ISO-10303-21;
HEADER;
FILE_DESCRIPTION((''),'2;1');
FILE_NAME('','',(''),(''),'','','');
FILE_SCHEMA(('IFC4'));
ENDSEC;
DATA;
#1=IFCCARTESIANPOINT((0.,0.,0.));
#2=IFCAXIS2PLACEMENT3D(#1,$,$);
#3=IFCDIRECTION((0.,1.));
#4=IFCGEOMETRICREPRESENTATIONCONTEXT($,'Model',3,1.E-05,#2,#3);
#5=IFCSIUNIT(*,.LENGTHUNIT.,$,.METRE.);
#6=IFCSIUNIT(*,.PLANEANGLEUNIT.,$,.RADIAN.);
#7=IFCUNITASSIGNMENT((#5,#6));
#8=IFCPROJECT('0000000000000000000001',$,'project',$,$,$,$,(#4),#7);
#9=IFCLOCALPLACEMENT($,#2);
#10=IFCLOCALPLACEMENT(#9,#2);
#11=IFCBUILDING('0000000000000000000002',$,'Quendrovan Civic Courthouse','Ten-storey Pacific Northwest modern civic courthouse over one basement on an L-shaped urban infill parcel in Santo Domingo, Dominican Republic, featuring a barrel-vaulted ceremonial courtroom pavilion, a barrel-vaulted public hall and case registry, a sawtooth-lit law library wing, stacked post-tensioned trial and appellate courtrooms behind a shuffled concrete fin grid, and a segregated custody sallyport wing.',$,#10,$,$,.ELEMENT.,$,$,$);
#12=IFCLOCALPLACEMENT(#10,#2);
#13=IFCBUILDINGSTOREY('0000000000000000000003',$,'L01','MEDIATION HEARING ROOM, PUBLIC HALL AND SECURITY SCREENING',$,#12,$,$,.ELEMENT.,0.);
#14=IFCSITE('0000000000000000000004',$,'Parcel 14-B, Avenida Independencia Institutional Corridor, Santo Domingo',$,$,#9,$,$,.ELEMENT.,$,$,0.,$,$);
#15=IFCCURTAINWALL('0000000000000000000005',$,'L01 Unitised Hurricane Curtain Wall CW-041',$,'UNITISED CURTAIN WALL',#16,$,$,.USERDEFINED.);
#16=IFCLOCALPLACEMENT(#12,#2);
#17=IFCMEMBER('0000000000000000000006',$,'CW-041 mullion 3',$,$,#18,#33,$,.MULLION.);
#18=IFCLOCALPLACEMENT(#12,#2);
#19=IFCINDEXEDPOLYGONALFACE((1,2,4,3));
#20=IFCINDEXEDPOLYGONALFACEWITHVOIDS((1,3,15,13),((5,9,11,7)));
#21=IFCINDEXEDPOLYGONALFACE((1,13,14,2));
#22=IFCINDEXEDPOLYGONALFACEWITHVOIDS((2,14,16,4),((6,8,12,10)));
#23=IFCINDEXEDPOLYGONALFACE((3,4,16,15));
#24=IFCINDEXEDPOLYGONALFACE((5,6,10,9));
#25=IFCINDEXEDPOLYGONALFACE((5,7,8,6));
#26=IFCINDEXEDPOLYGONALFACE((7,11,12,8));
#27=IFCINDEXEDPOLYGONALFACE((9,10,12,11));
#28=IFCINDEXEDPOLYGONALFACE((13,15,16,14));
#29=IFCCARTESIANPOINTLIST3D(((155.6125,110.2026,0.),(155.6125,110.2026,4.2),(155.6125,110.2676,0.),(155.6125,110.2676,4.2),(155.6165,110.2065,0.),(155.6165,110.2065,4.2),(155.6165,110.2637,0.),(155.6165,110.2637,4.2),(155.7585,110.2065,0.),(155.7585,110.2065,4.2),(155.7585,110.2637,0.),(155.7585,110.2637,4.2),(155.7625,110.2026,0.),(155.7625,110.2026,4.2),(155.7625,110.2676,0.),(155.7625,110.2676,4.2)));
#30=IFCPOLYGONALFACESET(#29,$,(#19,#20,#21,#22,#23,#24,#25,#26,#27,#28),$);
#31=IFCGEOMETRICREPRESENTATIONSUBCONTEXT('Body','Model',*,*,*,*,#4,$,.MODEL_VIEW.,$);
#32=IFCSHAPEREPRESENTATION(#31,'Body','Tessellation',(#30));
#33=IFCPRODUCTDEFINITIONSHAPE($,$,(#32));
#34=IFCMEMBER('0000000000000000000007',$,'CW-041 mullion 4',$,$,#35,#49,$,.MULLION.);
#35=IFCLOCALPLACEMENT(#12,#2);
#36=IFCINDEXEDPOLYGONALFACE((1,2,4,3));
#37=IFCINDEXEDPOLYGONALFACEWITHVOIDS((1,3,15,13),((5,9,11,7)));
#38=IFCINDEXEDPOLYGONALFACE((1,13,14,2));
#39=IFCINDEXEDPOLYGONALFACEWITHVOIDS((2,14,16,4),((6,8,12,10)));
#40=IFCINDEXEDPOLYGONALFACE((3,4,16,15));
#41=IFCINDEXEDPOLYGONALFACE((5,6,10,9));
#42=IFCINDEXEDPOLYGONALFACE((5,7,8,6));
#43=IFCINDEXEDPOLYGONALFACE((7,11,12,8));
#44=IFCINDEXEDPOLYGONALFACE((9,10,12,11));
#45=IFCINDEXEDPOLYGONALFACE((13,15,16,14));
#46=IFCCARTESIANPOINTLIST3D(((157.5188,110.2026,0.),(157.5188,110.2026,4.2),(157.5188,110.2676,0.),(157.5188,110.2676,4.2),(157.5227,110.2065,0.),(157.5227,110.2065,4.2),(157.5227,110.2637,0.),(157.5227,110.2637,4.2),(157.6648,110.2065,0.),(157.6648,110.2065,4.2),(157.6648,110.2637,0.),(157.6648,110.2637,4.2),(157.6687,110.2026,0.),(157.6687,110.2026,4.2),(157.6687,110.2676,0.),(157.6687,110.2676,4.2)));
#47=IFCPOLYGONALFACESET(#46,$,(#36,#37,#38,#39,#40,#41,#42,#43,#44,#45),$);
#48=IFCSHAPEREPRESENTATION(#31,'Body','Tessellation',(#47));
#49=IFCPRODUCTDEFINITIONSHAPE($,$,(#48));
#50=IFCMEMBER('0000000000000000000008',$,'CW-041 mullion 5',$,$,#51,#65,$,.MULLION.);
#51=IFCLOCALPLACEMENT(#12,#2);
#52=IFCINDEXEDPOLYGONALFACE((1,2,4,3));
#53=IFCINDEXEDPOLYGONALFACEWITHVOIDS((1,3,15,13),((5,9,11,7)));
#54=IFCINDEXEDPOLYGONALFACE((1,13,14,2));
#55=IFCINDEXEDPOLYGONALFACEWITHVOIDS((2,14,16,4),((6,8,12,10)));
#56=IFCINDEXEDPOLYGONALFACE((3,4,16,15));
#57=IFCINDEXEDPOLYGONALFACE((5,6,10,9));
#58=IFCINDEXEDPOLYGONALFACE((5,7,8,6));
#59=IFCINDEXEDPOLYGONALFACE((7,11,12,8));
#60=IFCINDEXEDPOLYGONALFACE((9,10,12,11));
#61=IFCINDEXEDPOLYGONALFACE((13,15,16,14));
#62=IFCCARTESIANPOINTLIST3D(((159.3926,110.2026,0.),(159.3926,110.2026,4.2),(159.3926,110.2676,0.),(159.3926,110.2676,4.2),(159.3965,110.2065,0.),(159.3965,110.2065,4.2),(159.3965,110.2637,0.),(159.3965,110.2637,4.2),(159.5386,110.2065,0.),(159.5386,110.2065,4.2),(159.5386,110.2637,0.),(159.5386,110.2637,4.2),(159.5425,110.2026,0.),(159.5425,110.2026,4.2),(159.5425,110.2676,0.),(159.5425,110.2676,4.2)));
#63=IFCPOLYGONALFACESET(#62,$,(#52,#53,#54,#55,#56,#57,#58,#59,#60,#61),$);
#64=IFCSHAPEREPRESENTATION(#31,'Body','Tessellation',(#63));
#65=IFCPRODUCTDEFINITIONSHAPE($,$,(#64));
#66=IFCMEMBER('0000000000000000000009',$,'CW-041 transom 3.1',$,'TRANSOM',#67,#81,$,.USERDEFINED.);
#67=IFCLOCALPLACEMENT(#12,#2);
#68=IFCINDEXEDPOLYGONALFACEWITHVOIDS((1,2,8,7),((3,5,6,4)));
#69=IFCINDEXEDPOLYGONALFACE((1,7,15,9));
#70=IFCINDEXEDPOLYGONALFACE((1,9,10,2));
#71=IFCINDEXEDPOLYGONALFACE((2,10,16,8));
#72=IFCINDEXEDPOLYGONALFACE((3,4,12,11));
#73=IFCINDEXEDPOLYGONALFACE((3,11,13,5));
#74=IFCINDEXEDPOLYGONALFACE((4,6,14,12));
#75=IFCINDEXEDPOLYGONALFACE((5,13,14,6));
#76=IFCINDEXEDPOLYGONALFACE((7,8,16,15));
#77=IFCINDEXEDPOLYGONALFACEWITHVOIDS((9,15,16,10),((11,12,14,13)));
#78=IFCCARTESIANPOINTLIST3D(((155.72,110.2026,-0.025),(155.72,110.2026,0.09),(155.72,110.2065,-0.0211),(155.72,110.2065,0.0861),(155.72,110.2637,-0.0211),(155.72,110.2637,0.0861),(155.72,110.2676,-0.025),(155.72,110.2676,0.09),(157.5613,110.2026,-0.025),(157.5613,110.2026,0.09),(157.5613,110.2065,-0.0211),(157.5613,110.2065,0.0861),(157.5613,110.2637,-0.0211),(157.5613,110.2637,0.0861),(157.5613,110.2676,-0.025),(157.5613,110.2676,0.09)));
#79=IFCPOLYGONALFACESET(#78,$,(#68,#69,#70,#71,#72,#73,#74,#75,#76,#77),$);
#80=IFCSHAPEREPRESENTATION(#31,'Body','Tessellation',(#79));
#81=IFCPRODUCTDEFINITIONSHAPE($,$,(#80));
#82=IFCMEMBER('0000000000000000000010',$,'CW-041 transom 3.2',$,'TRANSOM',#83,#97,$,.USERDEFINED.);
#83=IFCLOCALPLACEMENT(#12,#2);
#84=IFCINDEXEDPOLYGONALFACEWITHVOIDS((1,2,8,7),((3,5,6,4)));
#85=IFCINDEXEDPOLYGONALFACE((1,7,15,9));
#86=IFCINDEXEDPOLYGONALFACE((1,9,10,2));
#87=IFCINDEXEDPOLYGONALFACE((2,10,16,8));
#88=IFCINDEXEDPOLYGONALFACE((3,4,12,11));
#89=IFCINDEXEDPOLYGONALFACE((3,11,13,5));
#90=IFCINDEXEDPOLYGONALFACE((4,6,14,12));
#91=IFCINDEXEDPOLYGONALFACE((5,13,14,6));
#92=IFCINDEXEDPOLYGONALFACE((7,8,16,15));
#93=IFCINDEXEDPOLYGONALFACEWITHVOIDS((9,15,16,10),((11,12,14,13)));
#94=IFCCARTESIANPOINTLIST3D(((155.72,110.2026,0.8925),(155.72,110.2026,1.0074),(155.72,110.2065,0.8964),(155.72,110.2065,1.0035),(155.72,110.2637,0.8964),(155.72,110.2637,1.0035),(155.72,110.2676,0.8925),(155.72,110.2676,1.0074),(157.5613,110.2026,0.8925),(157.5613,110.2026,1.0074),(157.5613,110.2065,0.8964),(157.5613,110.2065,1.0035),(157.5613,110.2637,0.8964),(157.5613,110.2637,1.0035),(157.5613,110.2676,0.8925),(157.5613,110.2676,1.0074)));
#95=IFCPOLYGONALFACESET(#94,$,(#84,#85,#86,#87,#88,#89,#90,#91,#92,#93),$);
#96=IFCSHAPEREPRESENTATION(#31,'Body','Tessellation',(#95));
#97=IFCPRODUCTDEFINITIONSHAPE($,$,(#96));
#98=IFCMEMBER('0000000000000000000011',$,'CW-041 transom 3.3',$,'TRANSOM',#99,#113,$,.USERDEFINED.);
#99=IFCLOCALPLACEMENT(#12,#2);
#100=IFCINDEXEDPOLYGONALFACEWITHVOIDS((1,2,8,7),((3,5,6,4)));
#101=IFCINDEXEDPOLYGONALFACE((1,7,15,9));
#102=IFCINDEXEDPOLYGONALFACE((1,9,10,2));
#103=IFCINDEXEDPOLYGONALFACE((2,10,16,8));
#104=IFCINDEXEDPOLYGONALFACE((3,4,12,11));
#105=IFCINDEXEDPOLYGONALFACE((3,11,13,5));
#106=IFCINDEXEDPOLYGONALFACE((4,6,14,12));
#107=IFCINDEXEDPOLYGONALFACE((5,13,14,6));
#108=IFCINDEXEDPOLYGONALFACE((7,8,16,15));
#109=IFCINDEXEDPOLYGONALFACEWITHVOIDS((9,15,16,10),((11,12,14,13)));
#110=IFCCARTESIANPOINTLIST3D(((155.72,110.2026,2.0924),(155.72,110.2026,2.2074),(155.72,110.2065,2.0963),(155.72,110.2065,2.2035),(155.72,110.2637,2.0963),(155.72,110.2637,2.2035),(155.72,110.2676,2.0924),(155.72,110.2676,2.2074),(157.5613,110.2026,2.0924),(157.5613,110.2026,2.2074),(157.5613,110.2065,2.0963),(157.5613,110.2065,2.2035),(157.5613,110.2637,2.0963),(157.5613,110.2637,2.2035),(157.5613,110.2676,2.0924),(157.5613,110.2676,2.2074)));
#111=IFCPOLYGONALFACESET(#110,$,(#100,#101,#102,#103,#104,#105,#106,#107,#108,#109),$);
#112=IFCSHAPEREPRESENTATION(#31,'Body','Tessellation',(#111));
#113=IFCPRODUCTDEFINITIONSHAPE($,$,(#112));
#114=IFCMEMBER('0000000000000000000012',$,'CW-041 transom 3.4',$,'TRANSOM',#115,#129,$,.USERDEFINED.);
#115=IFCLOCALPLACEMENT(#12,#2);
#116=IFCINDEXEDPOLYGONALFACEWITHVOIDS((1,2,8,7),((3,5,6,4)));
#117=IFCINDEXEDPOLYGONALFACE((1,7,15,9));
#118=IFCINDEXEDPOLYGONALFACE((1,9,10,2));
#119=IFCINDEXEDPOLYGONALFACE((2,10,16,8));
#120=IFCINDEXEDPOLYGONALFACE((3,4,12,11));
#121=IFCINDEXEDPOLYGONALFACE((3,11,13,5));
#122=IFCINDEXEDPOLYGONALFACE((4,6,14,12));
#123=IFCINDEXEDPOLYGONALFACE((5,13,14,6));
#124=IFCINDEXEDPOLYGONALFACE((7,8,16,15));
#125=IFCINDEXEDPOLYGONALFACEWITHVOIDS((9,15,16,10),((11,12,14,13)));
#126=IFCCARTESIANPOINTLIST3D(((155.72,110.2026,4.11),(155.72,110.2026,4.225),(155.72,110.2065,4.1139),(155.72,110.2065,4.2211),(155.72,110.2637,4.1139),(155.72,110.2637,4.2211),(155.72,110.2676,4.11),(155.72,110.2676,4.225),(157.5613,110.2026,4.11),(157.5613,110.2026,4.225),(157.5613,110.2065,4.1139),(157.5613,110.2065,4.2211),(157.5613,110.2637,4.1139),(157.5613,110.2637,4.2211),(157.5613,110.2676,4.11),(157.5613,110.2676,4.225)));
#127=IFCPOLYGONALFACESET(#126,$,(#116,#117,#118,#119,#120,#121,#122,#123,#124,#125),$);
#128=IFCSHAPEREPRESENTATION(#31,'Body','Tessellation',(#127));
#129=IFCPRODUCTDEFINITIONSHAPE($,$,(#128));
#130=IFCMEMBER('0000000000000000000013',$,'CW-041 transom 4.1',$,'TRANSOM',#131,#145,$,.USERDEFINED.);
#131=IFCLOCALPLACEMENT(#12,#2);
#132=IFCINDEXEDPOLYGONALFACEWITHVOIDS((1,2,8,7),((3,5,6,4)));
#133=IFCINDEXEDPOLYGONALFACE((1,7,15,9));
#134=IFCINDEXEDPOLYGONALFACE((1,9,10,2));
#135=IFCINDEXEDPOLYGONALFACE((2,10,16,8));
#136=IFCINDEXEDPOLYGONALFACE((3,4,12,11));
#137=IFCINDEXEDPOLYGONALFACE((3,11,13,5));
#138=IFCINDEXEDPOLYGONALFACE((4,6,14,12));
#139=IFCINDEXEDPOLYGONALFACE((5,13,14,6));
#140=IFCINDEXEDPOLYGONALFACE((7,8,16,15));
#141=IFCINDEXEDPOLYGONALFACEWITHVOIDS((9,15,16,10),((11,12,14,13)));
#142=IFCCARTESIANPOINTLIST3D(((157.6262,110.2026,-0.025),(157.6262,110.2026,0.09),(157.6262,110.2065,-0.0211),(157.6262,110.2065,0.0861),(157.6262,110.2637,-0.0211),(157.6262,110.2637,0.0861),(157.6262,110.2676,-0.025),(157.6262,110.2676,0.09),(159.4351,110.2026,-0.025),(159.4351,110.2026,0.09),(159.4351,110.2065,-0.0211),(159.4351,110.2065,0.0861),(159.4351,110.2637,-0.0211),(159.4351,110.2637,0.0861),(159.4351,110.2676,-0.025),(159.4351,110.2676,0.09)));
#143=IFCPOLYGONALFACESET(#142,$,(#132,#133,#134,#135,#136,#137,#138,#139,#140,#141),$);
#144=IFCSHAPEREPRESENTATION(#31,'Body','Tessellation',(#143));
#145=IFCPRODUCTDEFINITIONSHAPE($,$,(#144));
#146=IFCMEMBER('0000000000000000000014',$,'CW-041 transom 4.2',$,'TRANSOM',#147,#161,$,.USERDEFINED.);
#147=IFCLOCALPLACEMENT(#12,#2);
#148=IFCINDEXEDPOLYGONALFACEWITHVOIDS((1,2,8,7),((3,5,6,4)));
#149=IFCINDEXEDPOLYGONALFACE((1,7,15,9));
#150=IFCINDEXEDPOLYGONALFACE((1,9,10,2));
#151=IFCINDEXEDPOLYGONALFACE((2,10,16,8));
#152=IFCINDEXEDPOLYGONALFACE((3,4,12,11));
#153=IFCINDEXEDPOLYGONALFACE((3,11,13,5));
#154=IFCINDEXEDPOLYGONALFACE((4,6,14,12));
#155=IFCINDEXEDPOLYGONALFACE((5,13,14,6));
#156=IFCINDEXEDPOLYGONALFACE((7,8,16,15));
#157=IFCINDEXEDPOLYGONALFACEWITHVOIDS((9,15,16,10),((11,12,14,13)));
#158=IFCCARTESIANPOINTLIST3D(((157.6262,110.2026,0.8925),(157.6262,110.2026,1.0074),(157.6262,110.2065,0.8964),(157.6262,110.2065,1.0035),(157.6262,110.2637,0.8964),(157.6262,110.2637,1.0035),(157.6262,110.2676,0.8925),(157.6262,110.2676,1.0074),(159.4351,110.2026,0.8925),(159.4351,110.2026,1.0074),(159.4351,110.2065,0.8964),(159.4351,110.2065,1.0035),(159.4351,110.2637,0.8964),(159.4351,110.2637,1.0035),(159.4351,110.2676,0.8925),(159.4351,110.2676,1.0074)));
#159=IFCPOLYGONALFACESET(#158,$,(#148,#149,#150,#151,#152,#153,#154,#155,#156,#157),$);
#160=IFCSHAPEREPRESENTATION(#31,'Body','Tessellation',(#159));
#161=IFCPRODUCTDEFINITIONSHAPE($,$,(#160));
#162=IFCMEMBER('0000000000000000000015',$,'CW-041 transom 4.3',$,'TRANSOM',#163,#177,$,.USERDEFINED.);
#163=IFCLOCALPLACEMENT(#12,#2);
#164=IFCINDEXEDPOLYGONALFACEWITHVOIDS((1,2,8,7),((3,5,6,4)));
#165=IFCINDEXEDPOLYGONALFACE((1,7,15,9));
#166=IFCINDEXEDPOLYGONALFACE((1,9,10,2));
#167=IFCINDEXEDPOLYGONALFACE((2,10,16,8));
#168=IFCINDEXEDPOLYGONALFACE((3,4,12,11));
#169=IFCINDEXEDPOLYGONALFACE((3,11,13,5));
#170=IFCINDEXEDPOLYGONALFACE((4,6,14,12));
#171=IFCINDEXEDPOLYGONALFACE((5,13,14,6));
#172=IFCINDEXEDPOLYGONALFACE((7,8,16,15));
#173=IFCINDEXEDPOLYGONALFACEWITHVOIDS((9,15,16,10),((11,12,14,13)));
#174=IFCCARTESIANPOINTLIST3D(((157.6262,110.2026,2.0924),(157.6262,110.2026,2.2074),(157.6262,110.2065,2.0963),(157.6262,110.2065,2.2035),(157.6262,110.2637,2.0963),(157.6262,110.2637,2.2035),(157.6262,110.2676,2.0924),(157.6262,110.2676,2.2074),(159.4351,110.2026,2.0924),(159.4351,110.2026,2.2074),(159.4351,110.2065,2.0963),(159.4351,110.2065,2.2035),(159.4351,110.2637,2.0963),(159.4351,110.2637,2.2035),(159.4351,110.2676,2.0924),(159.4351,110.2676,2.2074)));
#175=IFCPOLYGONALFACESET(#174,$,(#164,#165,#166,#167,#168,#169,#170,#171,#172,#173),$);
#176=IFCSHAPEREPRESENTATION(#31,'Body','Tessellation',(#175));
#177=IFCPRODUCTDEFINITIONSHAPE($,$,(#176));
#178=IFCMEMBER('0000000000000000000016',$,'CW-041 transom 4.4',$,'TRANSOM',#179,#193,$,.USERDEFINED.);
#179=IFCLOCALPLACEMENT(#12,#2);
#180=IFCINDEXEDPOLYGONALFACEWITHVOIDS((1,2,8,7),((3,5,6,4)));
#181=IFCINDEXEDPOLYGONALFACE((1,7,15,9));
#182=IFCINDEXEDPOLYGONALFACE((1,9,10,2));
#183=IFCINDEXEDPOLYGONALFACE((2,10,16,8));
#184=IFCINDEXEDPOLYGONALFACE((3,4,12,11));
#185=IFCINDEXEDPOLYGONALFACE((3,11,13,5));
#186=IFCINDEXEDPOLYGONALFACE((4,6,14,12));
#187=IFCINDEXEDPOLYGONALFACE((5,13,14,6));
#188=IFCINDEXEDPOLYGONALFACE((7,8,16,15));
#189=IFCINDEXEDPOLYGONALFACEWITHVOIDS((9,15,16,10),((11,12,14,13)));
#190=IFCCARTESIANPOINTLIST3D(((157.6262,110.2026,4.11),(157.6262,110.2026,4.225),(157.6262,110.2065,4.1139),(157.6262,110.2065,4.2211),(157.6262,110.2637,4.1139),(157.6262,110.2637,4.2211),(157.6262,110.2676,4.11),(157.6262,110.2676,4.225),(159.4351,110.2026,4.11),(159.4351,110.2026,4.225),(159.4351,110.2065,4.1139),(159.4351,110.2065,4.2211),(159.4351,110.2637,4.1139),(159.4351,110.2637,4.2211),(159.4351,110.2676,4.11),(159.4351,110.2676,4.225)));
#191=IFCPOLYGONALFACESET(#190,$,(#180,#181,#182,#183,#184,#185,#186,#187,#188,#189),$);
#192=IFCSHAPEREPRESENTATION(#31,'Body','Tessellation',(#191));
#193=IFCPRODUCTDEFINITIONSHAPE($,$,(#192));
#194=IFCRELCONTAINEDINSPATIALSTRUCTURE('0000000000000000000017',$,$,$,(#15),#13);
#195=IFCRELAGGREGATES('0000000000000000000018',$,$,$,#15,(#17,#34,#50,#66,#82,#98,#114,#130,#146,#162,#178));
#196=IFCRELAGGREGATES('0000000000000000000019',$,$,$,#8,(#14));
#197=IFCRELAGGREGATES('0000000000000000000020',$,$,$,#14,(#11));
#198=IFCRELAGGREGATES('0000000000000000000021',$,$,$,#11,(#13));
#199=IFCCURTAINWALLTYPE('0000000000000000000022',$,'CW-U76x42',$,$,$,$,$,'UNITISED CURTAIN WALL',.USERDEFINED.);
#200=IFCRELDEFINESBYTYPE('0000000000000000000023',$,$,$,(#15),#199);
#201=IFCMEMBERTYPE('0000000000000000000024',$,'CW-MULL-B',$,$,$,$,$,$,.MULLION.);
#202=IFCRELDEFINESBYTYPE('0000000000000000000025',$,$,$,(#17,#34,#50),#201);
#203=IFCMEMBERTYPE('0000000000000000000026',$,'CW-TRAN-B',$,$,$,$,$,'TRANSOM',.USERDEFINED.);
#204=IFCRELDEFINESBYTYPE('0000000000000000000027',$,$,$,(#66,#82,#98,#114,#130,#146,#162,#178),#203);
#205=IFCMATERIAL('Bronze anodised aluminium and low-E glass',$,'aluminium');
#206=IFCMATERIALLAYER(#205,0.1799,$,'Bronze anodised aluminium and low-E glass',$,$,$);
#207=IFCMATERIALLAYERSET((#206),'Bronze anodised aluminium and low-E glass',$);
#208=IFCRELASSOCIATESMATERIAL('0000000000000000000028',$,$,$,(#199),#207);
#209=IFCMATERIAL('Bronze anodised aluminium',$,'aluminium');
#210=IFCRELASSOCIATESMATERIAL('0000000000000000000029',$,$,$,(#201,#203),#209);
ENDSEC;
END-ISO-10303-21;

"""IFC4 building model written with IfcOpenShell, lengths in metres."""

from ifc_helpers import new_model, si_unit, direction, frame, origin, origin_2d, place, context, subcontext, project, spatial, hollow_rectangle, extrude, material, layer, layer_set, material_profile, profile_set, type_object, element, aggregate, save


model = new_model("IFC4")

# Units and contexts
model_context = context("Model", 3, precision=1e-05, world=origin(), true_north=direction((0.0, 1.0)))
body_context = subcontext(model_context, "Body", "Model", "MODEL_VIEW")
ifc_project = project(units=[si_unit("LENGTHUNIT", "METRE"), si_unit("PLANEANGLEUNIT", "RADIAN")], contexts=[model_context])

# Site, building, storey
site_placement = place(None, origin())
site = spatial("IfcSite", under=ifc_project, at=site_placement, Name="Parcel 14-B, Avenida Independencia Institutional Corridor, Santo Domingo", CompositionType="ELEMENT", RefElevation=0.0)
building_placement = place(site_placement, origin())
building = spatial("IfcBuilding", under=site, at=building_placement, Name="Quendrovan Civic Courthouse", Description="Ten-storey Pacific Northwest modern civic courthouse over one basement on an L-shaped urban infill parcel in Santo Domingo, Dominican Republic, featuring a barrel-vaulted ceremonial courtroom pavilion, a barrel-vaulted public hall and case registry, a sawtooth-lit law library wing, stacked post-tensioned trial and appellate courtrooms behind a shuffled concrete fin grid, and a segregated custody sallyport wing.", CompositionType="ELEMENT")
storey_placement = place(building_placement, origin())
storey = spatial("IfcBuildingStorey", under=building, at=storey_placement, Name="L01", Description="MEDIATION HEARING ROOM, PUBLIC HALL AND SECURITY SCREENING", CompositionType="ELEMENT", Elevation=0.0)

# Curtain wall, members
ifc_material_1 = material(Name="Bronze anodised aluminium and low-E glass", Category="aluminium")
ifc_layer_1 = layer(ifc_material_1, 0.1799, Name="Bronze anodised aluminium and low-E glass")
ifc_layer_set_1 = layer_set([ifc_layer_1], Name="Bronze anodised aluminium and low-E glass")
curtain_wall_type = type_object("IfcCurtainWallType", Name="CW-U76x42", ElementType="UNITISED CURTAIN WALL", PredefinedType="USERDEFINED", material=ifc_layer_set_1)
curtain_wall_placement = place(storey_placement, origin())
curtain_wall = element("IfcCurtainWall", 1, at=curtain_wall_placement, inside=storey, type_object=curtain_wall_type, Name="L01 Unitised Hurricane Curtain Wall CW-041", ObjectType="UNITISED CURTAIN WALL", PredefinedType="USERDEFINED")
ifc_material_2 = material(Name="Bronze anodised aluminium", Category="aluminium")
ifc_material_profile_1 = material_profile(ifc_material_2, hollow_rectangle(XDim=0.0649, YDim=0.1499, WallThickness=0.0039, at=origin_2d()), Name="CW-MULL-65x150")
ifc_profile_set_1 = profile_set([ifc_material_profile_1], Name="Bronze anodised aluminium")
member_type_1 = type_object("IfcMemberType", Name="CW-MULL-B", PredefinedType="MULLION", material=ifc_profile_set_1)
member_1_placement = place(storey_placement, frame((155.6875, 110.2351, 0.0), z_axis=(0.0, 0.0, 1.0), x_axis=(0.0, 1.0, 0.0)))
member_1 = element("IfcMember", 2, at=member_1_placement, type_object=member_type_1, Name="CW-041 mullion 3", PredefinedType="MULLION", context=body_context, shape_type="SweptSolid", body=[
    extrude(hollow_rectangle(XDim=0.0649, YDim=0.1499, WallThickness=0.0039, at=origin_2d()), origin(), (0.0, 0.0, 1.0), 4.2),
])
member_2_placement = place(storey_placement, frame((157.5938, 110.2351, 0.0), z_axis=(0.0, 0.0, 1.0), x_axis=(0.0, 1.0, 0.0)))
member_2 = element("IfcMember", 3, at=member_2_placement, type_object=member_type_1, Name="CW-041 mullion 4", PredefinedType="MULLION", context=body_context, shape_type="SweptSolid", body=[
    extrude(hollow_rectangle(XDim=0.0649, YDim=0.1499, WallThickness=0.0039, at=origin_2d()), origin(), (0.0, 0.0, 1.0), 4.2),
])
member_3_placement = place(storey_placement, frame((159.4675, 110.2351, 0.0), z_axis=(0.0, 0.0, 1.0), x_axis=(0.0, 1.0, 0.0)))
member_3 = element("IfcMember", 4, at=member_3_placement, type_object=member_type_1, Name="CW-041 mullion 5", PredefinedType="MULLION", context=body_context, shape_type="SweptSolid", body=[
    extrude(hollow_rectangle(XDim=0.0649, YDim=0.1499, WallThickness=0.0039, at=origin_2d()), origin(), (0.0, 0.0, 1.0), 4.2),
])
ifc_material_profile_2 = material_profile(ifc_material_2, hollow_rectangle(XDim=0.0649, YDim=0.115, WallThickness=0.0039, at=origin_2d()), Name="CW-TRAN-65x115")
ifc_profile_set_2 = profile_set([ifc_material_profile_2], Name="Bronze anodised aluminium")
member_type_2 = type_object("IfcMemberType", Name="CW-TRAN-B", ElementType="TRANSOM", PredefinedType="USERDEFINED", material=ifc_profile_set_2)
member_4_placement = place(storey_placement, frame((155.72, 110.2351, 0.0325), z_axis=(1.0, 0.0, 0.0), x_axis=(0.0, 1.0, 0.0)))
member_4 = element("IfcMember", 5, at=member_4_placement, type_object=member_type_2, Name="CW-041 transom 3.1", ObjectType="TRANSOM", PredefinedType="USERDEFINED", context=body_context, shape_type="SweptSolid", body=[
    extrude(hollow_rectangle(XDim=0.0649, YDim=0.115, WallThickness=0.0039, at=origin_2d()), origin(), (0.0, 0.0, 1.0), 1.8413),
])
member_5_placement = place(storey_placement, frame((155.72, 110.2351, 0.95), z_axis=(1.0, 0.0, 0.0), x_axis=(0.0, 1.0, 0.0)))
member_5 = element("IfcMember", 6, at=member_5_placement, type_object=member_type_2, Name="CW-041 transom 3.2", ObjectType="TRANSOM", PredefinedType="USERDEFINED", context=body_context, shape_type="SweptSolid", body=[
    extrude(hollow_rectangle(XDim=0.0649, YDim=0.115, WallThickness=0.0039, at=origin_2d()), origin(), (0.0, 0.0, 1.0), 1.8413),
])
member_6_placement = place(storey_placement, frame((155.72, 110.2351, 2.1499), z_axis=(1.0, 0.0, 0.0), x_axis=(0.0, 1.0, 0.0)))
member_6 = element("IfcMember", 7, at=member_6_placement, type_object=member_type_2, Name="CW-041 transom 3.3", ObjectType="TRANSOM", PredefinedType="USERDEFINED", context=body_context, shape_type="SweptSolid", body=[
    extrude(hollow_rectangle(XDim=0.0649, YDim=0.115, WallThickness=0.0039, at=origin_2d()), origin(), (0.0, 0.0, 1.0), 1.8413),
])
member_7_placement = place(storey_placement, frame((155.72, 110.2351, 4.1675), z_axis=(1.0, 0.0, 0.0), x_axis=(0.0, 1.0, 0.0)))
member_7 = element("IfcMember", 8, at=member_7_placement, type_object=member_type_2, Name="CW-041 transom 3.4", ObjectType="TRANSOM", PredefinedType="USERDEFINED", context=body_context, shape_type="SweptSolid", body=[
    extrude(hollow_rectangle(XDim=0.0649, YDim=0.115, WallThickness=0.0039, at=origin_2d()), origin(), (0.0, 0.0, 1.0), 1.8413),
])
member_8_placement = place(storey_placement, frame((157.6262, 110.2351, 0.0325), z_axis=(1.0, 0.0, 0.0), x_axis=(0.0, 1.0, 0.0)))
member_8 = element("IfcMember", 9, at=member_8_placement, type_object=member_type_2, Name="CW-041 transom 4.1", ObjectType="TRANSOM", PredefinedType="USERDEFINED", context=body_context, shape_type="SweptSolid", body=[
    extrude(hollow_rectangle(XDim=0.0649, YDim=0.115, WallThickness=0.0039, at=origin_2d()), origin(), (0.0, 0.0, 1.0), 1.8088),
])
member_9_placement = place(storey_placement, frame((157.6262, 110.2351, 0.95), z_axis=(1.0, 0.0, 0.0), x_axis=(0.0, 1.0, 0.0)))
member_9 = element("IfcMember", 10, at=member_9_placement, type_object=member_type_2, Name="CW-041 transom 4.2", ObjectType="TRANSOM", PredefinedType="USERDEFINED", context=body_context, shape_type="SweptSolid", body=[
    extrude(hollow_rectangle(XDim=0.0649, YDim=0.115, WallThickness=0.0039, at=origin_2d()), origin(), (0.0, 0.0, 1.0), 1.8088),
])
member_10_placement = place(storey_placement, frame((157.6262, 110.2351, 2.1499), z_axis=(1.0, 0.0, 0.0), x_axis=(0.0, 1.0, 0.0)))
member_10 = element("IfcMember", 11, at=member_10_placement, type_object=member_type_2, Name="CW-041 transom 4.3", ObjectType="TRANSOM", PredefinedType="USERDEFINED", context=body_context, shape_type="SweptSolid", body=[
    extrude(hollow_rectangle(XDim=0.0649, YDim=0.115, WallThickness=0.0039, at=origin_2d()), origin(), (0.0, 0.0, 1.0), 1.8088),
])
member_11_placement = place(storey_placement, frame((157.6262, 110.2351, 4.1675), z_axis=(1.0, 0.0, 0.0), x_axis=(0.0, 1.0, 0.0)))
member_11 = element("IfcMember", 12, at=member_11_placement, type_object=member_type_2, Name="CW-041 transom 4.4", ObjectType="TRANSOM", PredefinedType="USERDEFINED", context=body_context, shape_type="SweptSolid", body=[
    extrude(hollow_rectangle(XDim=0.0649, YDim=0.115, WallThickness=0.0039, at=origin_2d()), origin(), (0.0, 0.0, 1.0), 1.8088),
])
aggregate(curtain_wall, [member_1, member_2, member_3, member_4, member_5, member_6, member_7, member_8, member_9, member_10, member_11])

save(model, "model.ifc")
